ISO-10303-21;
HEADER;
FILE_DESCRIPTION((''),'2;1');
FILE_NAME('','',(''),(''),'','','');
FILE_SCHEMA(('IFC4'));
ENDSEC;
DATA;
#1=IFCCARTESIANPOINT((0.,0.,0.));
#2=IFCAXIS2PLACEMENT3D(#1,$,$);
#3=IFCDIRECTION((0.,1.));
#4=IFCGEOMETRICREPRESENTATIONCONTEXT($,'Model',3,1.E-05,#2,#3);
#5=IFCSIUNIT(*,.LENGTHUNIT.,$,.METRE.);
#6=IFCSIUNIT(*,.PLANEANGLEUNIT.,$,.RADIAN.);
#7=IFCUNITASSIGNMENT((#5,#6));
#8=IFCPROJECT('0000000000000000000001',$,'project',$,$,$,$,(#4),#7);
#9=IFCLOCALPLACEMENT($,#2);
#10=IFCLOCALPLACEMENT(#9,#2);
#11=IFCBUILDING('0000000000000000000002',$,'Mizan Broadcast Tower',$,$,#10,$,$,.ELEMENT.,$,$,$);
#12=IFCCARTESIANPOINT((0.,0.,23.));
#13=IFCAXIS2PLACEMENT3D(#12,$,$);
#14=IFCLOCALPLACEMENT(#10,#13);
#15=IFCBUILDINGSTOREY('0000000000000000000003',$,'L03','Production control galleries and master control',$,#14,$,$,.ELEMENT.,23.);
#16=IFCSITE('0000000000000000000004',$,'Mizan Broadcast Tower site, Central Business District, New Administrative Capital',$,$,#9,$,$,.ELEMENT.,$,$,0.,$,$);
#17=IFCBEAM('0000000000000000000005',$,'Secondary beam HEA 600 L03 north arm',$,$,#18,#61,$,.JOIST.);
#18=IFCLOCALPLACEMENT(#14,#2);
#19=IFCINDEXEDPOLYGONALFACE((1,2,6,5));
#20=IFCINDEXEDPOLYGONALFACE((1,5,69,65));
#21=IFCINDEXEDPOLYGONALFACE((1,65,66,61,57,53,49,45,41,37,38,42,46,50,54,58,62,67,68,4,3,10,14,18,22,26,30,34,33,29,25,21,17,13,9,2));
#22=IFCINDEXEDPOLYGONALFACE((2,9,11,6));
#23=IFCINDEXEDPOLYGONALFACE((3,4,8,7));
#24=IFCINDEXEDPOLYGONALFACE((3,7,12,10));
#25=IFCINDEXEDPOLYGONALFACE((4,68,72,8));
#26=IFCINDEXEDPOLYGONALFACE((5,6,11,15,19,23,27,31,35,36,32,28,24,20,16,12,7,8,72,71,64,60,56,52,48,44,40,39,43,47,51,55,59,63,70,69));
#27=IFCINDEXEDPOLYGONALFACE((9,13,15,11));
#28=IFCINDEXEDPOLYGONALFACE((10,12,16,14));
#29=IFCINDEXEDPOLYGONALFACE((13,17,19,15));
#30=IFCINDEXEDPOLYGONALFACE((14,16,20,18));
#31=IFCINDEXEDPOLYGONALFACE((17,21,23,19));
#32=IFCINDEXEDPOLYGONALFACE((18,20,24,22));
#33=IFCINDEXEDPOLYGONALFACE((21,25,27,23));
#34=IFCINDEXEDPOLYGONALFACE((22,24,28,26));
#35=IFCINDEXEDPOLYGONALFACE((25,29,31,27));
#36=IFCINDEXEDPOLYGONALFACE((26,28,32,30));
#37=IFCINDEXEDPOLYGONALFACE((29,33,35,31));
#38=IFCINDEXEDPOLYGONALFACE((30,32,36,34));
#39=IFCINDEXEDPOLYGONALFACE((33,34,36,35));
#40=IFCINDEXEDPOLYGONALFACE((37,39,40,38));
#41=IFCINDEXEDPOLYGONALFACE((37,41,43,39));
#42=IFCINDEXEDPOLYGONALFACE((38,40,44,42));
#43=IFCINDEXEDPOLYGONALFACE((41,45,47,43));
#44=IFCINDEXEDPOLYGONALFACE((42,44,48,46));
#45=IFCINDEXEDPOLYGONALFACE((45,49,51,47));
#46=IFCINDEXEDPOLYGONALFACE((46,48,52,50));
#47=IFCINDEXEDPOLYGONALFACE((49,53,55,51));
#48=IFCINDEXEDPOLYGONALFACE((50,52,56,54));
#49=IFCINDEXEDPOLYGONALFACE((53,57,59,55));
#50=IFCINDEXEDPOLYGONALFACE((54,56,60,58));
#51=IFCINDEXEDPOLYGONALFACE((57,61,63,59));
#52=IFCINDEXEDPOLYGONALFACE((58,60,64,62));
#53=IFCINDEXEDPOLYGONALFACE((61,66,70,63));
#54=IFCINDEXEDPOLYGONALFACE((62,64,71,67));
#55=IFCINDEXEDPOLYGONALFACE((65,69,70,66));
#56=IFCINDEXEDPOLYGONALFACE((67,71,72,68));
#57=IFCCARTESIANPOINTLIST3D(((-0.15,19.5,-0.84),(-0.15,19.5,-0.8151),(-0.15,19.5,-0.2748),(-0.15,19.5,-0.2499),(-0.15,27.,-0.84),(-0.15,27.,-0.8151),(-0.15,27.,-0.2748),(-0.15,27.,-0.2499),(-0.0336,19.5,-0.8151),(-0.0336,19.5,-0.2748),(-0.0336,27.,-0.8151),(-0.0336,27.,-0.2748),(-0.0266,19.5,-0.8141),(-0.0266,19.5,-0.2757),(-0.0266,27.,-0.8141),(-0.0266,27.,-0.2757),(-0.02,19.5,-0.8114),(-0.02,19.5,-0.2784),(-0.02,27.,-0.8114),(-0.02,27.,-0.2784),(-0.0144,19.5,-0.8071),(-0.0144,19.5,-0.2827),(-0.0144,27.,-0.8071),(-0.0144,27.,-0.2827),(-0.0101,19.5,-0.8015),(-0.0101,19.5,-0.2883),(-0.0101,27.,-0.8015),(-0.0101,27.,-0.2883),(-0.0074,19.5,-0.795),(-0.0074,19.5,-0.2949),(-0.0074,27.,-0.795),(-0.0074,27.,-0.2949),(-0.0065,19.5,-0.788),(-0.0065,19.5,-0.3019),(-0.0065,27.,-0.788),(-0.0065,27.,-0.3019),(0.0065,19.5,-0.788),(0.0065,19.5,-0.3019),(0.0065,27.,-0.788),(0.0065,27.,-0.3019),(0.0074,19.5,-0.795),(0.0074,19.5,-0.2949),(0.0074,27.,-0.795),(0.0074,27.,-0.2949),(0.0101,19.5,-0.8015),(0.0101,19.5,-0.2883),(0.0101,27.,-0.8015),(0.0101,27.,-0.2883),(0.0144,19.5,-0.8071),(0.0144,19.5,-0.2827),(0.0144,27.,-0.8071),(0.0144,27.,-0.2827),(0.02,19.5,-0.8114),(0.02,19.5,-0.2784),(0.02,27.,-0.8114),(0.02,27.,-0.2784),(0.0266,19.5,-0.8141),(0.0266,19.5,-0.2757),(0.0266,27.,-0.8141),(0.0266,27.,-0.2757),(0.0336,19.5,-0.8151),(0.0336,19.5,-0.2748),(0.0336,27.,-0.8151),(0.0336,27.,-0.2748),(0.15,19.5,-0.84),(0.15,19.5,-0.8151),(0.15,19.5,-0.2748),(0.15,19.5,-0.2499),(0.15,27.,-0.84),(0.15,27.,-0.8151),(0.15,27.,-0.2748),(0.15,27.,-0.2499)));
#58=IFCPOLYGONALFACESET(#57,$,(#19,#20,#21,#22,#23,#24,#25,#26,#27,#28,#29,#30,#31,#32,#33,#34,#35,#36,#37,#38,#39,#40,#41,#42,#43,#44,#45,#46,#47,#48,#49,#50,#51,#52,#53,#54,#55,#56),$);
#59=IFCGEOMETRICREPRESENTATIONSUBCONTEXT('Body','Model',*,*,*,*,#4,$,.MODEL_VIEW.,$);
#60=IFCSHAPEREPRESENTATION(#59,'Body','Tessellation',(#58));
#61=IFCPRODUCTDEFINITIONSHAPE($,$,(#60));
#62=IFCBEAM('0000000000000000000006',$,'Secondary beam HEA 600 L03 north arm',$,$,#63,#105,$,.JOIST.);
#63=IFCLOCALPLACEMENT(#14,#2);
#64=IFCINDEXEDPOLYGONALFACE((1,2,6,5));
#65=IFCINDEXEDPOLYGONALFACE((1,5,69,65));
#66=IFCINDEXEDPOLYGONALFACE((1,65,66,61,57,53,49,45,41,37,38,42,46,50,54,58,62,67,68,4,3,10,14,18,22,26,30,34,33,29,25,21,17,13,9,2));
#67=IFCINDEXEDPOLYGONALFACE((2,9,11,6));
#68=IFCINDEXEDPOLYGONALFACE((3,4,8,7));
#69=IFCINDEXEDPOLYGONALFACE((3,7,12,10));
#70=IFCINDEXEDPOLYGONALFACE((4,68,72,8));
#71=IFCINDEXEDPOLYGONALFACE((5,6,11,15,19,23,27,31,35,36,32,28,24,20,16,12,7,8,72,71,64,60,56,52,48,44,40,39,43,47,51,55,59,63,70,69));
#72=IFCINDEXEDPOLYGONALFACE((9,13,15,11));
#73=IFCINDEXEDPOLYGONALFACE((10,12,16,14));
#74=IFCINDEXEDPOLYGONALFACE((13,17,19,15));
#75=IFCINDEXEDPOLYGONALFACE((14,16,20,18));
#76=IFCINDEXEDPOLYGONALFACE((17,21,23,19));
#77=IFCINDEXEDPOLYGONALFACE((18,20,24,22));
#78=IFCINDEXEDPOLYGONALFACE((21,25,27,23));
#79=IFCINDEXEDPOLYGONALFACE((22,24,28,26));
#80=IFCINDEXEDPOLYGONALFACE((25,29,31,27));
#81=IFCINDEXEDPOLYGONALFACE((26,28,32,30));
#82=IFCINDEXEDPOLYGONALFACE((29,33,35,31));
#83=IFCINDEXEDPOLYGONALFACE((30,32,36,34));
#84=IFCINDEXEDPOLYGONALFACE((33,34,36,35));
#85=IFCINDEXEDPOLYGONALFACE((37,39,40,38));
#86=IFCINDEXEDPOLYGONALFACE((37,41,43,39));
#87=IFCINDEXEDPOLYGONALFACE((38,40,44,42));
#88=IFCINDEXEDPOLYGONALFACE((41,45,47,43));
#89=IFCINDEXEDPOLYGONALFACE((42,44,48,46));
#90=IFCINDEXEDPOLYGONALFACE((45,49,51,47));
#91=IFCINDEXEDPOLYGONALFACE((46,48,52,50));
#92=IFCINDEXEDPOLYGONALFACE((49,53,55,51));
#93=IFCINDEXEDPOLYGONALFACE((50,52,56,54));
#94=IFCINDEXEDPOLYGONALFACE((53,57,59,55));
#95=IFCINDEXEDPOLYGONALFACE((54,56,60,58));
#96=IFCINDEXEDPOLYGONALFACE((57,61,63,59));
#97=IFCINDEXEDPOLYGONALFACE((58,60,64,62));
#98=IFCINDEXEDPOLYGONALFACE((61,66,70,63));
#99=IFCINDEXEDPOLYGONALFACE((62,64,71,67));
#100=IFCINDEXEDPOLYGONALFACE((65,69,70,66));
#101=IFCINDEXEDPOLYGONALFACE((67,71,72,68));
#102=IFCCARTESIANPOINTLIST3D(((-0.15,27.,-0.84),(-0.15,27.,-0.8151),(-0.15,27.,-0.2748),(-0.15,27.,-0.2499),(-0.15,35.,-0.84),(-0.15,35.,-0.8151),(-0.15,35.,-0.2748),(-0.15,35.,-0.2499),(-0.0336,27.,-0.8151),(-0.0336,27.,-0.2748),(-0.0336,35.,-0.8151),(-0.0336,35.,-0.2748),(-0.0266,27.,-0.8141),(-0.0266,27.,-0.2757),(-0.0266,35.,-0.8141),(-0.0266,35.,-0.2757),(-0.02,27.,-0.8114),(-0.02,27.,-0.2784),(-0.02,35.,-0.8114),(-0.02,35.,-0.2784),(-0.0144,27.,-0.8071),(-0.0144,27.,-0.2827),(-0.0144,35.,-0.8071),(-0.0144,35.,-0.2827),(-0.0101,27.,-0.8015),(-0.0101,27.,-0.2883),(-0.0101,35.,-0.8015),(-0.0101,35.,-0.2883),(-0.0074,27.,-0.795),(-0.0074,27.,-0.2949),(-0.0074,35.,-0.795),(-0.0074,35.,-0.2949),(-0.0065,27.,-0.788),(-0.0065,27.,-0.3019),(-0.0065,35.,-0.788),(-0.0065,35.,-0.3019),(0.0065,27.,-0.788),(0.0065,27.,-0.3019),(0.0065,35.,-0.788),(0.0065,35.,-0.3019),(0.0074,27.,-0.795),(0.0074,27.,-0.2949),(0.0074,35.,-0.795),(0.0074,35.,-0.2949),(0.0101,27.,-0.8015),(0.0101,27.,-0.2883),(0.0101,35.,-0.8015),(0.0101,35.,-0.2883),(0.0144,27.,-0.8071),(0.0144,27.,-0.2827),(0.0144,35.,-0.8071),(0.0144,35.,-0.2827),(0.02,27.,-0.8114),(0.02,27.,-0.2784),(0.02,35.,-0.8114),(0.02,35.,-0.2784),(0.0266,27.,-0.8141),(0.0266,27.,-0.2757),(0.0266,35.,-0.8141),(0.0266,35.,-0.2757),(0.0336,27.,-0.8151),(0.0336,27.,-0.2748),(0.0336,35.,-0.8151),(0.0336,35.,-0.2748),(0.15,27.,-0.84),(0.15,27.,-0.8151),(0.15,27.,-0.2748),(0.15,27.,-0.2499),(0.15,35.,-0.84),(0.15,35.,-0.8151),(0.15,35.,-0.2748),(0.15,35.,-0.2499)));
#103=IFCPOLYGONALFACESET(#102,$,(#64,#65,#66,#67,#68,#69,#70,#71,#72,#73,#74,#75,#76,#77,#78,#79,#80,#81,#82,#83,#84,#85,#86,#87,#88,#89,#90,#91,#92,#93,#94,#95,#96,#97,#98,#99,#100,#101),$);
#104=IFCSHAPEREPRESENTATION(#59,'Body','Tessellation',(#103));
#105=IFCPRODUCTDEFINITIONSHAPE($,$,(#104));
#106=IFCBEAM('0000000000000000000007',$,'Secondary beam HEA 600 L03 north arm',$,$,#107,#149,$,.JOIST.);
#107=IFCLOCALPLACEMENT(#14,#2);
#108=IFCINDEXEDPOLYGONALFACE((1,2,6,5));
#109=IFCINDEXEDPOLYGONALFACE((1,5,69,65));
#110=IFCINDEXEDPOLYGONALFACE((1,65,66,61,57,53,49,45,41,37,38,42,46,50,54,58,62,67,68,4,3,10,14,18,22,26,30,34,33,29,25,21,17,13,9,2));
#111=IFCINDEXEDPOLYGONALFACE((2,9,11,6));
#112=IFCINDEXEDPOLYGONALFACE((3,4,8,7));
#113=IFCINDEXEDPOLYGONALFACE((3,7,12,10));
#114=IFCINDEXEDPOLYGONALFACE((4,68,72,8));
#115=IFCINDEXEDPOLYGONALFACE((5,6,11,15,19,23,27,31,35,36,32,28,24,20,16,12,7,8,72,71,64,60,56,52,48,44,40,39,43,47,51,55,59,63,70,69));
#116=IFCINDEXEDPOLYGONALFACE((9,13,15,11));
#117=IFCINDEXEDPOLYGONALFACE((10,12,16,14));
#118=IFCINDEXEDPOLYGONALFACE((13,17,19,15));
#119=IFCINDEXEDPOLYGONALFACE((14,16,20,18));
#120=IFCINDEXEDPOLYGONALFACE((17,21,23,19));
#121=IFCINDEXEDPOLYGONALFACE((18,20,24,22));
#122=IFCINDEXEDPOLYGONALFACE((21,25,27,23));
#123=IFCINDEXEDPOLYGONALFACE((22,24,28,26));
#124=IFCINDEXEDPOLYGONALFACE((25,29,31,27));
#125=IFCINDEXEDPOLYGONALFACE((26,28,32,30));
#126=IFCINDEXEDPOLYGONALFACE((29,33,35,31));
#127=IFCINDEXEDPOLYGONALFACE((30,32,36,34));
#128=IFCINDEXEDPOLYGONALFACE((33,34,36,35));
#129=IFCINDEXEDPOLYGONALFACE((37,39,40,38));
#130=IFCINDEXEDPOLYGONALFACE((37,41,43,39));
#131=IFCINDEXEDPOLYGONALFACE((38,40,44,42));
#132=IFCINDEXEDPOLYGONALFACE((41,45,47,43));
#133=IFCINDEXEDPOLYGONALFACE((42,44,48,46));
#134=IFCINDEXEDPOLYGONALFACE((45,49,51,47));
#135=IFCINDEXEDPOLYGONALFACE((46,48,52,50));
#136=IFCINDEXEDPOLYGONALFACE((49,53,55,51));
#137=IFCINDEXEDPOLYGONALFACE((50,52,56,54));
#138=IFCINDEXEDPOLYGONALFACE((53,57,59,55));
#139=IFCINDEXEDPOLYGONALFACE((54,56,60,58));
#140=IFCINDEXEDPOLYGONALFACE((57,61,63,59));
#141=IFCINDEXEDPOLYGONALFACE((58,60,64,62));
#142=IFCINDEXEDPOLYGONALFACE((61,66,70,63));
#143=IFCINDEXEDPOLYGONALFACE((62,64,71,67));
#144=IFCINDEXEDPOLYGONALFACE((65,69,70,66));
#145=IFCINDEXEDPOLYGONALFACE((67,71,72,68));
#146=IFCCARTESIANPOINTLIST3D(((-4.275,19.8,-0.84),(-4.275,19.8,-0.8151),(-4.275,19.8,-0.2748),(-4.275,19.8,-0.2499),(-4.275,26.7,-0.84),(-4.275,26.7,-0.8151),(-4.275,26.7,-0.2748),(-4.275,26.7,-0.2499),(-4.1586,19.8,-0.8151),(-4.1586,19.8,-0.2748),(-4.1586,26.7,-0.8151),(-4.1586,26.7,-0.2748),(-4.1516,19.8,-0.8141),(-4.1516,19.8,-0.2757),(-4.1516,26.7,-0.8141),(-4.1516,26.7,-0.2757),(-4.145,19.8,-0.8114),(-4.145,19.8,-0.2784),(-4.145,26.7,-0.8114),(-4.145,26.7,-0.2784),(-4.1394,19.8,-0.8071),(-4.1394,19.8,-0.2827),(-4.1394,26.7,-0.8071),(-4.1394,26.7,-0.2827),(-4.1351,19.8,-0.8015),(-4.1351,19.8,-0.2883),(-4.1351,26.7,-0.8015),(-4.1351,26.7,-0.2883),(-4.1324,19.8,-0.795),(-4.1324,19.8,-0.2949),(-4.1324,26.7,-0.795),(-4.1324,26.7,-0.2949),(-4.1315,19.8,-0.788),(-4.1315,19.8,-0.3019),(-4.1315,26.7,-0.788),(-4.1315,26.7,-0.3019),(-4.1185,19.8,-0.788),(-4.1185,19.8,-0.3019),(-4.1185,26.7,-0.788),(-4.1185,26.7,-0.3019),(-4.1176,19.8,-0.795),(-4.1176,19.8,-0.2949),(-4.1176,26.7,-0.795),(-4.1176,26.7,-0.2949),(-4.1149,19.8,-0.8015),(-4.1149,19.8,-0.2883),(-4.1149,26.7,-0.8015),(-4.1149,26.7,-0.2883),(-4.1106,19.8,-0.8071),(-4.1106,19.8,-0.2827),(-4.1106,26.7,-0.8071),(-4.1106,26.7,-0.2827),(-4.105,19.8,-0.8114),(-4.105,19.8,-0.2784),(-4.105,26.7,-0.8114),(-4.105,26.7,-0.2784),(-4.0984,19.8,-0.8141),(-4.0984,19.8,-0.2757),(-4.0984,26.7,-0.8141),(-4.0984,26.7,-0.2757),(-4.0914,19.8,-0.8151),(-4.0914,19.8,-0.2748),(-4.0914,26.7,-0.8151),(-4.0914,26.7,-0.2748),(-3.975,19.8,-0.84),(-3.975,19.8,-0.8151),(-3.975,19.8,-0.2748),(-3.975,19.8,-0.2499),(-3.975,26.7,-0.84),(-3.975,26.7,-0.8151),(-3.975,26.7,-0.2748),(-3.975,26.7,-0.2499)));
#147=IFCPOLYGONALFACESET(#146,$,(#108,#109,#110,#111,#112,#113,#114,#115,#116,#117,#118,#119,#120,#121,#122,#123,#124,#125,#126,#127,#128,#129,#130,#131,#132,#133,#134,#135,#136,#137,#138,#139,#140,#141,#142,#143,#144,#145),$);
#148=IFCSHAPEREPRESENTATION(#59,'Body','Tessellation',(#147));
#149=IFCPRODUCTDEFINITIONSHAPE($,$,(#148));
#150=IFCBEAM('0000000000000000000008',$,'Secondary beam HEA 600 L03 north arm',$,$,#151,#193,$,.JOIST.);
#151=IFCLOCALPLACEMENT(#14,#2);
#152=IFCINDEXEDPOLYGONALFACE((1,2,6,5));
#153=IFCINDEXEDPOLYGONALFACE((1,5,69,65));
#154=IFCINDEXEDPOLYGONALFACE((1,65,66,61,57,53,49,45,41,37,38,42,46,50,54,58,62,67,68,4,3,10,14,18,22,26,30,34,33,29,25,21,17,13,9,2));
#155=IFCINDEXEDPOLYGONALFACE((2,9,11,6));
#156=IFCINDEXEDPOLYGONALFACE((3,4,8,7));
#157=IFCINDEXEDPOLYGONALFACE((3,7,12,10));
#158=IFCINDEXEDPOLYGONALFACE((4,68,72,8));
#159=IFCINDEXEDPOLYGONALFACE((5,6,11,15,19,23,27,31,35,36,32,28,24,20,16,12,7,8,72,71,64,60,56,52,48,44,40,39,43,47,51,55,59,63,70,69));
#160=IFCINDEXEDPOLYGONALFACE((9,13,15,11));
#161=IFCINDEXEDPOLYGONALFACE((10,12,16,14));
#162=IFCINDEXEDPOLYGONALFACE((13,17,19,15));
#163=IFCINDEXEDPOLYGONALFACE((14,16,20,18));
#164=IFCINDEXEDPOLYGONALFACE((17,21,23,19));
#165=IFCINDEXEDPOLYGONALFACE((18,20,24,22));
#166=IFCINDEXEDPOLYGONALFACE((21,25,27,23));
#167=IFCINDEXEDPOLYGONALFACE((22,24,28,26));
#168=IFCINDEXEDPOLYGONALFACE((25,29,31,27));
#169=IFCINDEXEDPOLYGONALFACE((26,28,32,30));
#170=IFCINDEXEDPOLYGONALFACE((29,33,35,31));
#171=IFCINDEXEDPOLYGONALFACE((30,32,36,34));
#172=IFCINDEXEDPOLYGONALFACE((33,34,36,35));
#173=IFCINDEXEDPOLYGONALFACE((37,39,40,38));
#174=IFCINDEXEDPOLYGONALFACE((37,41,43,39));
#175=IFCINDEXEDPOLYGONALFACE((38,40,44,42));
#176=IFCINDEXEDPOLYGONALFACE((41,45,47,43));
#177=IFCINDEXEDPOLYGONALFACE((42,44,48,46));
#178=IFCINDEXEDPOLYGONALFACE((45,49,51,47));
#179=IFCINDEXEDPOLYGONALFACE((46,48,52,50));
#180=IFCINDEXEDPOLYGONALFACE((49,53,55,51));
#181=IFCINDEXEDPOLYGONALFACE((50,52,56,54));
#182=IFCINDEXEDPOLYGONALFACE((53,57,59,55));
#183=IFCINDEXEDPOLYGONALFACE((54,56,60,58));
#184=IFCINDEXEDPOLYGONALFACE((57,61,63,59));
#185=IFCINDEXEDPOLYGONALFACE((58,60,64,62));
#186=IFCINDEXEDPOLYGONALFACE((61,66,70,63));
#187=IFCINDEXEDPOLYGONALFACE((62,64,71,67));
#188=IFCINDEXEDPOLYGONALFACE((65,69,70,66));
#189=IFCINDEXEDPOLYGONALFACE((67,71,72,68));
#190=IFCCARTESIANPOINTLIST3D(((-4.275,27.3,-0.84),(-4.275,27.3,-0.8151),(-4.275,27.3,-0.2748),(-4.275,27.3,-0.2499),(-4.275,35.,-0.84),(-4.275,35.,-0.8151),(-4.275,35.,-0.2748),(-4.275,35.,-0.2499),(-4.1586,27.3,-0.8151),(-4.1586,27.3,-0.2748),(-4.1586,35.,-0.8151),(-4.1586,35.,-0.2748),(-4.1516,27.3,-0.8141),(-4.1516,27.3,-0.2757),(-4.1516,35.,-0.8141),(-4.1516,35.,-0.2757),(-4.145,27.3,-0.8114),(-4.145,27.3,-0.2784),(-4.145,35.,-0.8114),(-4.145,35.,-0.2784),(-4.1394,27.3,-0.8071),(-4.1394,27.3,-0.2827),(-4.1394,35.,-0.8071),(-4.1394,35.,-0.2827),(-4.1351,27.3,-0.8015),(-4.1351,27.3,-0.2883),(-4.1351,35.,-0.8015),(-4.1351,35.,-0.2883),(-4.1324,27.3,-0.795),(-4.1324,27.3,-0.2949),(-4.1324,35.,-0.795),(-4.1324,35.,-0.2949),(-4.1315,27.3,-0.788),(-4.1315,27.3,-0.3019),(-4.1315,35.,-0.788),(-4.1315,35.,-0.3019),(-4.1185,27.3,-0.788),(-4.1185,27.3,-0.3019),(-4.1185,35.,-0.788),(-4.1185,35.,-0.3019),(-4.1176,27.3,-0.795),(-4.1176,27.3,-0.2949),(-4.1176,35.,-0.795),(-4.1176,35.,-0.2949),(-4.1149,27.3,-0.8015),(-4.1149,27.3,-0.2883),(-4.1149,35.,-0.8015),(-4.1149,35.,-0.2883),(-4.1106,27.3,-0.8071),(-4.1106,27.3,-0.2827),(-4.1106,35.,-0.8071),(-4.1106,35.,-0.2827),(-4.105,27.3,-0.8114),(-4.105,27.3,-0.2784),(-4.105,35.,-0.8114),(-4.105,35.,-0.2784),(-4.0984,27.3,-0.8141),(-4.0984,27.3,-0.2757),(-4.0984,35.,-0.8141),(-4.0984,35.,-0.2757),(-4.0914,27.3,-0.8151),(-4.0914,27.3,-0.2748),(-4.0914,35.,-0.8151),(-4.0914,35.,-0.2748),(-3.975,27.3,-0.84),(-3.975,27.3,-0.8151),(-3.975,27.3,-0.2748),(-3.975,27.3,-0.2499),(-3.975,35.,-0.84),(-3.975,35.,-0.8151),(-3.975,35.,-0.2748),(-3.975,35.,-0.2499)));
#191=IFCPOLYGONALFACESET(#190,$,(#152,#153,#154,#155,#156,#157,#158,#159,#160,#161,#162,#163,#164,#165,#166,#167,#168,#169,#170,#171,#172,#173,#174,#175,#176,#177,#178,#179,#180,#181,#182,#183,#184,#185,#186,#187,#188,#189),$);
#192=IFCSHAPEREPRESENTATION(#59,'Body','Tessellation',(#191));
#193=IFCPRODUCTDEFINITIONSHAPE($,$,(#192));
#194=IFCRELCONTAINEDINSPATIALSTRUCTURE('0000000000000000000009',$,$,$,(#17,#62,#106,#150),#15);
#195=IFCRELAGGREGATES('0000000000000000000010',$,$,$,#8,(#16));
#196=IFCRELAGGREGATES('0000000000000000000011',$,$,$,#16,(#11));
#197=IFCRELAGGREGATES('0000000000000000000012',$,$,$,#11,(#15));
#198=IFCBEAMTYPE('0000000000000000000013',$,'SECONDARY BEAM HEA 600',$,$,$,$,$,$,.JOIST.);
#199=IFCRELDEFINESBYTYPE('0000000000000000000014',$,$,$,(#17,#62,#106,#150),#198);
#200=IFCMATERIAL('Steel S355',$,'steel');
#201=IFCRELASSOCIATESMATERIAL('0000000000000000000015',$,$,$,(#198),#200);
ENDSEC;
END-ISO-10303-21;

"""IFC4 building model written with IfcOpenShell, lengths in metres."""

from ifc_helpers import new_model, si_unit, direction, frame, origin, origin_2d, place, context, subcontext, project, spatial, i_section, extrude, material, material_profile, profile_set, type_object, element, save


model = new_model("IFC4")

# Units and contexts
model_context = context("Model", 3, precision=1e-05, world=origin(), true_north=direction((0.0, 1.0)))
body_context = subcontext(model_context, "Body", "Model", "MODEL_VIEW")
ifc_project = project(units=[si_unit("LENGTHUNIT", "METRE"), si_unit("PLANEANGLEUNIT", "RADIAN")], contexts=[model_context])

# Site, building, storey
site_placement = place(None, origin())
site = spatial("IfcSite", under=ifc_project, at=site_placement, Name="Mizan Broadcast Tower site, Central Business District, New Administrative Capital", CompositionType="ELEMENT", RefElevation=0.0)
building_placement = place(site_placement, origin())
building = spatial("IfcBuilding", under=site, at=building_placement, Name="Mizan Broadcast Tower", CompositionType="ELEMENT")
storey_placement = place(building_placement, frame((0.0, 0.0, 23.0)))
storey = spatial("IfcBuildingStorey", under=building, at=storey_placement, Name="L03", Description="Production control galleries and master control", CompositionType="ELEMENT", Elevation=23.0)

# Beams
ifc_material_1 = material(Name="Steel S355", Category="steel")
ifc_material_profile_1 = material_profile(ifc_material_1, i_section(OverallWidth=0.3, OverallDepth=0.5901, WebThickness=0.0129, FlangeThickness=0.0249, FilletRadius=0.0271, at=origin_2d()), Name="HEA 600")
ifc_profile_set_1 = profile_set([ifc_material_profile_1], Name="Steel S355")
beam_type_1 = type_object("IfcBeamType", Name="SECONDARY BEAM HEA 600", PredefinedType="JOIST", material=ifc_profile_set_1)
beam_1_placement = place(storey_placement, frame((0.0, 19.5, -0.5449), z_axis=(0.0, 1.0, 0.0), x_axis=(-1.0, 0.0, 0.0)))
element("IfcBeam", 1, at=beam_1_placement, inside=storey, type_object=beam_type_1, Name="Secondary beam HEA 600 L03 north arm", PredefinedType="JOIST", context=body_context, shape_type="SweptSolid", body=[
    extrude(i_section(OverallWidth=0.3, OverallDepth=0.5901, WebThickness=0.0129, FlangeThickness=0.0249, FilletRadius=0.0271, at=origin_2d()), origin(), (0.0, 0.0, 1.0), 7.5),
])
beam_2_placement = place(storey_placement, frame((0.0, 27.0, -0.5449), z_axis=(0.0, 1.0, 0.0), x_axis=(-1.0, 0.0, 0.0)))
element("IfcBeam", 2, at=beam_2_placement, inside=storey, type_object=beam_type_1, Name="Secondary beam HEA 600 L03 north arm", PredefinedType="JOIST", context=body_context, shape_type="SweptSolid", body=[
    extrude(i_section(OverallWidth=0.3, OverallDepth=0.5901, WebThickness=0.0129, FlangeThickness=0.0249, FilletRadius=0.0271, at=origin_2d()), origin(), (0.0, 0.0, 1.0), 8.0),
])
beam_3_placement = place(storey_placement, frame((-4.125, 19.8, -0.5449), z_axis=(0.0, 1.0, 0.0), x_axis=(-1.0, 0.0, 0.0)))
element("IfcBeam", 3, at=beam_3_placement, inside=storey, type_object=beam_type_1, Name="Secondary beam HEA 600 L03 north arm", PredefinedType="JOIST", context=body_context, shape_type="SweptSolid", body=[
    extrude(i_section(OverallWidth=0.3, OverallDepth=0.5901, WebThickness=0.0129, FlangeThickness=0.0249, FilletRadius=0.0271, at=origin_2d()), origin(), (0.0, 0.0, 1.0), 6.8999),
])
beam_4_placement = place(storey_placement, frame((-4.125, 27.3, -0.5449), z_axis=(0.0, 1.0, 0.0), x_axis=(-1.0, 0.0, 0.0)))
element("IfcBeam", 4, at=beam_4_placement, inside=storey, type_object=beam_type_1, Name="Secondary beam HEA 600 L03 north arm", PredefinedType="JOIST", context=body_context, shape_type="SweptSolid", body=[
    extrude(i_section(OverallWidth=0.3, OverallDepth=0.5901, WebThickness=0.0129, FlangeThickness=0.0249, FilletRadius=0.0271, at=origin_2d()), origin(), (0.0, 0.0, 1.0), 7.7),
])

save(model, "model.ifc")
